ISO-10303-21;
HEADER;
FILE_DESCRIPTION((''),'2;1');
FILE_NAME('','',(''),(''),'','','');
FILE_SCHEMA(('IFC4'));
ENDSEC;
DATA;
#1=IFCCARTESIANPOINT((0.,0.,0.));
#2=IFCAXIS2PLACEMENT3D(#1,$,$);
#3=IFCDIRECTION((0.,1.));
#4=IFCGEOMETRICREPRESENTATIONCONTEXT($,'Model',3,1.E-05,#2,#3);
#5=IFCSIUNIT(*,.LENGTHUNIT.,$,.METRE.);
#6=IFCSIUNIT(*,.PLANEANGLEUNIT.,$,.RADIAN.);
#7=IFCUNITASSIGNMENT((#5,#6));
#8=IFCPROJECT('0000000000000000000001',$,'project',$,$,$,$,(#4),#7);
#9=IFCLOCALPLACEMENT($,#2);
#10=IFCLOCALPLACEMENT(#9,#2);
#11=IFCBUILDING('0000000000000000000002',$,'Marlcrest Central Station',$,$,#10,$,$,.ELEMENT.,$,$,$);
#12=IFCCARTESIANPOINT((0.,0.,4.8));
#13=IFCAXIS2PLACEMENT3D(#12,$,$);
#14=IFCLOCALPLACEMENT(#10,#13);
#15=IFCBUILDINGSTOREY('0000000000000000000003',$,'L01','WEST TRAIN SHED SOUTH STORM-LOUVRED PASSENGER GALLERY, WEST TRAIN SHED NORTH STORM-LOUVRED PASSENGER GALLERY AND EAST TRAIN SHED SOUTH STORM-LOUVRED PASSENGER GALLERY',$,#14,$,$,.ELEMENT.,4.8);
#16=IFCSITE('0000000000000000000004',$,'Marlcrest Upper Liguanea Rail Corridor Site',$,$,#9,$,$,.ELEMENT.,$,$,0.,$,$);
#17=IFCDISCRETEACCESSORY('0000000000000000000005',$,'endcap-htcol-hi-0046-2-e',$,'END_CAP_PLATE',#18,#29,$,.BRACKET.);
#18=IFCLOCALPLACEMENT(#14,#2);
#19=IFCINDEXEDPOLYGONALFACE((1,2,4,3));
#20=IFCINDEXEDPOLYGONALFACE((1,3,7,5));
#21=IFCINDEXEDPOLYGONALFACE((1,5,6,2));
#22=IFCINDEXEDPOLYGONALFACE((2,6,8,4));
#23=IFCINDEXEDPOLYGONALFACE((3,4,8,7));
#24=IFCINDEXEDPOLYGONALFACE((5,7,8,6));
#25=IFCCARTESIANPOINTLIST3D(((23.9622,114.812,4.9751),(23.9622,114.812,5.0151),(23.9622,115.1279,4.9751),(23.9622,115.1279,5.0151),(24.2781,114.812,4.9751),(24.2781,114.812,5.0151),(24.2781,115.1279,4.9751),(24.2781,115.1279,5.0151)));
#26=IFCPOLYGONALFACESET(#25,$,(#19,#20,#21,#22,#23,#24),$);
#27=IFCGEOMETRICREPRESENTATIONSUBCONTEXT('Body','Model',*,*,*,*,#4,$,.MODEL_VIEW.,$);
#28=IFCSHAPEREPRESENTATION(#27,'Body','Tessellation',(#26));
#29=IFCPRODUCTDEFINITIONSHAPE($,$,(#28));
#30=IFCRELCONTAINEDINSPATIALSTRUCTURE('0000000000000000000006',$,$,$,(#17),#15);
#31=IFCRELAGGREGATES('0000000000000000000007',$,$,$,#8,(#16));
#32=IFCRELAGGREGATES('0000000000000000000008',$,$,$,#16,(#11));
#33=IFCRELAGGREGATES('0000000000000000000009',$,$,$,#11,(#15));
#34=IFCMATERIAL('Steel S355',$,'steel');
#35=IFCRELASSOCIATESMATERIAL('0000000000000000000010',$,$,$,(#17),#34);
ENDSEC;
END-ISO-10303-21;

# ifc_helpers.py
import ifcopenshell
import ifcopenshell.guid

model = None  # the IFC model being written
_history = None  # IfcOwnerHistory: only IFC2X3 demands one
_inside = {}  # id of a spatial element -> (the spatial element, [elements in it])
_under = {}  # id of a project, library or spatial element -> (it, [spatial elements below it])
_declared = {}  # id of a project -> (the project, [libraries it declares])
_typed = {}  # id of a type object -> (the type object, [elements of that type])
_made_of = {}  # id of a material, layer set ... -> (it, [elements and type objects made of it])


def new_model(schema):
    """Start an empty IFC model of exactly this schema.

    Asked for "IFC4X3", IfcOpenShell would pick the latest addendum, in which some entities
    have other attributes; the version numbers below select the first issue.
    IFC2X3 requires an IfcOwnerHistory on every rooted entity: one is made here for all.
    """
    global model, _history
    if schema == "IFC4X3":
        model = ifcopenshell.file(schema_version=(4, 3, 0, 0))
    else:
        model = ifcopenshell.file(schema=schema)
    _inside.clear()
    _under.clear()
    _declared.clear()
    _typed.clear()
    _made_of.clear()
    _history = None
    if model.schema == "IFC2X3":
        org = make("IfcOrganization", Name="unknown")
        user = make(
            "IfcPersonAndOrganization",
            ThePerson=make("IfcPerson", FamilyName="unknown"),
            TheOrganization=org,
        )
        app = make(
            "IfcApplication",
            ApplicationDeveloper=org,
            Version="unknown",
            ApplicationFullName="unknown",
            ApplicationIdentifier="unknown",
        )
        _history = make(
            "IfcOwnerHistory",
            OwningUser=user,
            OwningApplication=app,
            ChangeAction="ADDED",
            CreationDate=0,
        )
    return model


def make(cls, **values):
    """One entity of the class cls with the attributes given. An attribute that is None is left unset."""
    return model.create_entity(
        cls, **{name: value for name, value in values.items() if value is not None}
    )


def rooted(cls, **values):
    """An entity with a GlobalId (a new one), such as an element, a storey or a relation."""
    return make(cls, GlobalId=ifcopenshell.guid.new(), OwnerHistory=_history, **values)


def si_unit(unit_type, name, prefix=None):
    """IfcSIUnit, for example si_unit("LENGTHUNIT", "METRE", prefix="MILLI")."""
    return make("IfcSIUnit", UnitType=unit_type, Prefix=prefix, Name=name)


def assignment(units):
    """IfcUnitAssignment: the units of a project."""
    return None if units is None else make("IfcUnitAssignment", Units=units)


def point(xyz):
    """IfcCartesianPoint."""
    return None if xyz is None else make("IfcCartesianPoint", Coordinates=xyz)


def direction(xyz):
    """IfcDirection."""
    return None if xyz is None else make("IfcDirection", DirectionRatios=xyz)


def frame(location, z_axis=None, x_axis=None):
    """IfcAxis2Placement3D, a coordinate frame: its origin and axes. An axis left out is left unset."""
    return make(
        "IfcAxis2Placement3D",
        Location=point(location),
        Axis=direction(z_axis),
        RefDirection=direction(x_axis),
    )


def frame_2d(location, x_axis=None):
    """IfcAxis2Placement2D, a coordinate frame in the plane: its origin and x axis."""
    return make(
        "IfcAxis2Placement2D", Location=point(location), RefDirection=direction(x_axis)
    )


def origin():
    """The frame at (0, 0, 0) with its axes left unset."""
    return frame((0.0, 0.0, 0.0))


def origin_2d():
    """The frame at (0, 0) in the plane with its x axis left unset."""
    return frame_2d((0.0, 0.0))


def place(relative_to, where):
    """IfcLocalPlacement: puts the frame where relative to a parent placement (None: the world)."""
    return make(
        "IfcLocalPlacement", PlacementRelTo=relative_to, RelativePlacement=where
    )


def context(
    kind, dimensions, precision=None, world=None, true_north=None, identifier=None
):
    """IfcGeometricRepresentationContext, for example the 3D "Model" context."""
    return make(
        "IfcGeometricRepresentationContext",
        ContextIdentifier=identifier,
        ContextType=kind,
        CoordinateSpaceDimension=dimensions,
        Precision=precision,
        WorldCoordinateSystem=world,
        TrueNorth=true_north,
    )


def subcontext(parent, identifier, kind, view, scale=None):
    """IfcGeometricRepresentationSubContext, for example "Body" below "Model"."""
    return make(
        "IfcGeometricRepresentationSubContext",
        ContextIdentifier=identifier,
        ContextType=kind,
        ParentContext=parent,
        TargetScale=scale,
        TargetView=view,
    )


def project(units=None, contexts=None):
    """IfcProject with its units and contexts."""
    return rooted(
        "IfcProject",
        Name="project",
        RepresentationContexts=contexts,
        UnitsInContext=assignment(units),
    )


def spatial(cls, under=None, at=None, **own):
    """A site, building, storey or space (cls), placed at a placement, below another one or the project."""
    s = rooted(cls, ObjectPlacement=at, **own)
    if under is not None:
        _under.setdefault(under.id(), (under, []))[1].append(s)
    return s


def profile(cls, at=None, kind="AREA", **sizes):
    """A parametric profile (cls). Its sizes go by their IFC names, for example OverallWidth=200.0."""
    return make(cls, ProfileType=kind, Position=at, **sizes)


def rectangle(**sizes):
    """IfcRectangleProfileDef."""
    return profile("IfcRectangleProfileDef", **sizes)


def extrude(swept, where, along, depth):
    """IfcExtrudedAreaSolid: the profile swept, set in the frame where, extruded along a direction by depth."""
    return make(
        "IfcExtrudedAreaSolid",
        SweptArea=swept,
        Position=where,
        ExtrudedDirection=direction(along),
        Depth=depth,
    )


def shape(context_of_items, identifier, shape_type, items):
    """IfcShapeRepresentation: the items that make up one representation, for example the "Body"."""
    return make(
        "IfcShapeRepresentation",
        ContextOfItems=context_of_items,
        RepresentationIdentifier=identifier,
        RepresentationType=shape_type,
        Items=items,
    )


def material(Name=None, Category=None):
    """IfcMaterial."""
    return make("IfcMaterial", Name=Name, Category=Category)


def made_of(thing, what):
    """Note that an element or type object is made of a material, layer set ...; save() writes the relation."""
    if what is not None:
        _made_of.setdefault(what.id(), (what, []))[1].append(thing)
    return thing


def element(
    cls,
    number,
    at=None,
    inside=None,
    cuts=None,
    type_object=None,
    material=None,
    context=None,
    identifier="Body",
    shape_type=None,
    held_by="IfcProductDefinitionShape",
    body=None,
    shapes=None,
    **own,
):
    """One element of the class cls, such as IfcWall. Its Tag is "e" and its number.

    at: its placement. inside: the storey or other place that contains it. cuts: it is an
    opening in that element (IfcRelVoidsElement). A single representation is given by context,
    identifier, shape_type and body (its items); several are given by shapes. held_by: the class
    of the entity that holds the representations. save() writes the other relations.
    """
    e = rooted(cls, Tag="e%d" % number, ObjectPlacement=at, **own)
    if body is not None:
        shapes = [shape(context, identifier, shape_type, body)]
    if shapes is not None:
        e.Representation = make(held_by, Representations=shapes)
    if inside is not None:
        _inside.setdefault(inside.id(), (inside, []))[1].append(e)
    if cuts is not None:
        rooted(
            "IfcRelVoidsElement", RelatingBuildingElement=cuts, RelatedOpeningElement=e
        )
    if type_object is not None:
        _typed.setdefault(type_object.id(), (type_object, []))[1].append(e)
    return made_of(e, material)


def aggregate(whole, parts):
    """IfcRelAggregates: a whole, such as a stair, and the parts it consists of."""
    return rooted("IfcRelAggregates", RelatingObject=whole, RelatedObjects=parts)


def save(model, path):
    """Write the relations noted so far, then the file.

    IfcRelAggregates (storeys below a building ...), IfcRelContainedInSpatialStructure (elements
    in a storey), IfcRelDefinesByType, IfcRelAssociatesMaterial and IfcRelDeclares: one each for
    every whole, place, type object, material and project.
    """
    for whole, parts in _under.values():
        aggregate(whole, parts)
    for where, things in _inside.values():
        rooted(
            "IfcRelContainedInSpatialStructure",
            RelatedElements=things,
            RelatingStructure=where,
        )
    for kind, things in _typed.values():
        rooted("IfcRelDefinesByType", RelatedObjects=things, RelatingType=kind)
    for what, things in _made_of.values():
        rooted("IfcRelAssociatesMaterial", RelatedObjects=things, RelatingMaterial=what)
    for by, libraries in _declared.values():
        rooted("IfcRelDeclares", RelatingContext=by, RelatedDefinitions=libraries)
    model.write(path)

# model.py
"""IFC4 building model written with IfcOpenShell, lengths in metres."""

from ifc_helpers import new_model, si_unit, direction, frame, origin, origin_2d, place, context, subcontext, project, spatial, rectangle, extrude, material, element, save


model = new_model("IFC4")

# Units and contexts
model_context = context("Model", 3, precision=1e-05, world=origin(), true_north=direction((0.0, 1.0)))
body_context = subcontext(model_context, "Body", "Model", "MODEL_VIEW")
ifc_project = project(units=[si_unit("LENGTHUNIT", "METRE"), si_unit("PLANEANGLEUNIT", "RADIAN")], contexts=[model_context])

# Site, building, storey
site_placement = place(None, origin())
site = spatial("IfcSite", under=ifc_project, at=site_placement, Name="Marlcrest Upper Liguanea Rail Corridor Site", CompositionType="ELEMENT", RefElevation=0.0)
building_placement = place(site_placement, origin())
building = spatial("IfcBuilding", under=site, at=building_placement, Name="Marlcrest Central Station", CompositionType="ELEMENT")
storey_placement = place(building_placement, frame((0.0, 0.0, 4.8)))
storey = spatial("IfcBuildingStorey", under=building, at=storey_placement, Name="L01", Description="WEST TRAIN SHED SOUTH STORM-LOUVRED PASSENGER GALLERY, WEST TRAIN SHED NORTH STORM-LOUVRED PASSENGER GALLERY AND EAST TRAIN SHED SOUTH STORM-LOUVRED PASSENGER GALLERY", CompositionType="ELEMENT", Elevation=4.8)

# Shared definitions
ifc_material_1 = material(Name="Steel S355", Category="steel")

# Discrete accessory
discrete_accessory_placement = place(storey_placement, frame((24.1201, 114.97, 4.9751), z_axis=(0.0, 0.0, 1.0), x_axis=(1.0, 0.0, 0.0)))
element("IfcDiscreteAccessory", 1, at=discrete_accessory_placement, inside=storey, material=ifc_material_1, Name="endcap-htcol-hi-0046-2-e", ObjectType="END_CAP_PLATE", PredefinedType="BRACKET", context=body_context, shape_type="SweptSolid", body=[
    extrude(rectangle(XDim=0.3159, YDim=0.3159, at=origin_2d()), origin(), (0.0, 0.0, 1.0), 0.04),
])

save(model, "model.ifc")
